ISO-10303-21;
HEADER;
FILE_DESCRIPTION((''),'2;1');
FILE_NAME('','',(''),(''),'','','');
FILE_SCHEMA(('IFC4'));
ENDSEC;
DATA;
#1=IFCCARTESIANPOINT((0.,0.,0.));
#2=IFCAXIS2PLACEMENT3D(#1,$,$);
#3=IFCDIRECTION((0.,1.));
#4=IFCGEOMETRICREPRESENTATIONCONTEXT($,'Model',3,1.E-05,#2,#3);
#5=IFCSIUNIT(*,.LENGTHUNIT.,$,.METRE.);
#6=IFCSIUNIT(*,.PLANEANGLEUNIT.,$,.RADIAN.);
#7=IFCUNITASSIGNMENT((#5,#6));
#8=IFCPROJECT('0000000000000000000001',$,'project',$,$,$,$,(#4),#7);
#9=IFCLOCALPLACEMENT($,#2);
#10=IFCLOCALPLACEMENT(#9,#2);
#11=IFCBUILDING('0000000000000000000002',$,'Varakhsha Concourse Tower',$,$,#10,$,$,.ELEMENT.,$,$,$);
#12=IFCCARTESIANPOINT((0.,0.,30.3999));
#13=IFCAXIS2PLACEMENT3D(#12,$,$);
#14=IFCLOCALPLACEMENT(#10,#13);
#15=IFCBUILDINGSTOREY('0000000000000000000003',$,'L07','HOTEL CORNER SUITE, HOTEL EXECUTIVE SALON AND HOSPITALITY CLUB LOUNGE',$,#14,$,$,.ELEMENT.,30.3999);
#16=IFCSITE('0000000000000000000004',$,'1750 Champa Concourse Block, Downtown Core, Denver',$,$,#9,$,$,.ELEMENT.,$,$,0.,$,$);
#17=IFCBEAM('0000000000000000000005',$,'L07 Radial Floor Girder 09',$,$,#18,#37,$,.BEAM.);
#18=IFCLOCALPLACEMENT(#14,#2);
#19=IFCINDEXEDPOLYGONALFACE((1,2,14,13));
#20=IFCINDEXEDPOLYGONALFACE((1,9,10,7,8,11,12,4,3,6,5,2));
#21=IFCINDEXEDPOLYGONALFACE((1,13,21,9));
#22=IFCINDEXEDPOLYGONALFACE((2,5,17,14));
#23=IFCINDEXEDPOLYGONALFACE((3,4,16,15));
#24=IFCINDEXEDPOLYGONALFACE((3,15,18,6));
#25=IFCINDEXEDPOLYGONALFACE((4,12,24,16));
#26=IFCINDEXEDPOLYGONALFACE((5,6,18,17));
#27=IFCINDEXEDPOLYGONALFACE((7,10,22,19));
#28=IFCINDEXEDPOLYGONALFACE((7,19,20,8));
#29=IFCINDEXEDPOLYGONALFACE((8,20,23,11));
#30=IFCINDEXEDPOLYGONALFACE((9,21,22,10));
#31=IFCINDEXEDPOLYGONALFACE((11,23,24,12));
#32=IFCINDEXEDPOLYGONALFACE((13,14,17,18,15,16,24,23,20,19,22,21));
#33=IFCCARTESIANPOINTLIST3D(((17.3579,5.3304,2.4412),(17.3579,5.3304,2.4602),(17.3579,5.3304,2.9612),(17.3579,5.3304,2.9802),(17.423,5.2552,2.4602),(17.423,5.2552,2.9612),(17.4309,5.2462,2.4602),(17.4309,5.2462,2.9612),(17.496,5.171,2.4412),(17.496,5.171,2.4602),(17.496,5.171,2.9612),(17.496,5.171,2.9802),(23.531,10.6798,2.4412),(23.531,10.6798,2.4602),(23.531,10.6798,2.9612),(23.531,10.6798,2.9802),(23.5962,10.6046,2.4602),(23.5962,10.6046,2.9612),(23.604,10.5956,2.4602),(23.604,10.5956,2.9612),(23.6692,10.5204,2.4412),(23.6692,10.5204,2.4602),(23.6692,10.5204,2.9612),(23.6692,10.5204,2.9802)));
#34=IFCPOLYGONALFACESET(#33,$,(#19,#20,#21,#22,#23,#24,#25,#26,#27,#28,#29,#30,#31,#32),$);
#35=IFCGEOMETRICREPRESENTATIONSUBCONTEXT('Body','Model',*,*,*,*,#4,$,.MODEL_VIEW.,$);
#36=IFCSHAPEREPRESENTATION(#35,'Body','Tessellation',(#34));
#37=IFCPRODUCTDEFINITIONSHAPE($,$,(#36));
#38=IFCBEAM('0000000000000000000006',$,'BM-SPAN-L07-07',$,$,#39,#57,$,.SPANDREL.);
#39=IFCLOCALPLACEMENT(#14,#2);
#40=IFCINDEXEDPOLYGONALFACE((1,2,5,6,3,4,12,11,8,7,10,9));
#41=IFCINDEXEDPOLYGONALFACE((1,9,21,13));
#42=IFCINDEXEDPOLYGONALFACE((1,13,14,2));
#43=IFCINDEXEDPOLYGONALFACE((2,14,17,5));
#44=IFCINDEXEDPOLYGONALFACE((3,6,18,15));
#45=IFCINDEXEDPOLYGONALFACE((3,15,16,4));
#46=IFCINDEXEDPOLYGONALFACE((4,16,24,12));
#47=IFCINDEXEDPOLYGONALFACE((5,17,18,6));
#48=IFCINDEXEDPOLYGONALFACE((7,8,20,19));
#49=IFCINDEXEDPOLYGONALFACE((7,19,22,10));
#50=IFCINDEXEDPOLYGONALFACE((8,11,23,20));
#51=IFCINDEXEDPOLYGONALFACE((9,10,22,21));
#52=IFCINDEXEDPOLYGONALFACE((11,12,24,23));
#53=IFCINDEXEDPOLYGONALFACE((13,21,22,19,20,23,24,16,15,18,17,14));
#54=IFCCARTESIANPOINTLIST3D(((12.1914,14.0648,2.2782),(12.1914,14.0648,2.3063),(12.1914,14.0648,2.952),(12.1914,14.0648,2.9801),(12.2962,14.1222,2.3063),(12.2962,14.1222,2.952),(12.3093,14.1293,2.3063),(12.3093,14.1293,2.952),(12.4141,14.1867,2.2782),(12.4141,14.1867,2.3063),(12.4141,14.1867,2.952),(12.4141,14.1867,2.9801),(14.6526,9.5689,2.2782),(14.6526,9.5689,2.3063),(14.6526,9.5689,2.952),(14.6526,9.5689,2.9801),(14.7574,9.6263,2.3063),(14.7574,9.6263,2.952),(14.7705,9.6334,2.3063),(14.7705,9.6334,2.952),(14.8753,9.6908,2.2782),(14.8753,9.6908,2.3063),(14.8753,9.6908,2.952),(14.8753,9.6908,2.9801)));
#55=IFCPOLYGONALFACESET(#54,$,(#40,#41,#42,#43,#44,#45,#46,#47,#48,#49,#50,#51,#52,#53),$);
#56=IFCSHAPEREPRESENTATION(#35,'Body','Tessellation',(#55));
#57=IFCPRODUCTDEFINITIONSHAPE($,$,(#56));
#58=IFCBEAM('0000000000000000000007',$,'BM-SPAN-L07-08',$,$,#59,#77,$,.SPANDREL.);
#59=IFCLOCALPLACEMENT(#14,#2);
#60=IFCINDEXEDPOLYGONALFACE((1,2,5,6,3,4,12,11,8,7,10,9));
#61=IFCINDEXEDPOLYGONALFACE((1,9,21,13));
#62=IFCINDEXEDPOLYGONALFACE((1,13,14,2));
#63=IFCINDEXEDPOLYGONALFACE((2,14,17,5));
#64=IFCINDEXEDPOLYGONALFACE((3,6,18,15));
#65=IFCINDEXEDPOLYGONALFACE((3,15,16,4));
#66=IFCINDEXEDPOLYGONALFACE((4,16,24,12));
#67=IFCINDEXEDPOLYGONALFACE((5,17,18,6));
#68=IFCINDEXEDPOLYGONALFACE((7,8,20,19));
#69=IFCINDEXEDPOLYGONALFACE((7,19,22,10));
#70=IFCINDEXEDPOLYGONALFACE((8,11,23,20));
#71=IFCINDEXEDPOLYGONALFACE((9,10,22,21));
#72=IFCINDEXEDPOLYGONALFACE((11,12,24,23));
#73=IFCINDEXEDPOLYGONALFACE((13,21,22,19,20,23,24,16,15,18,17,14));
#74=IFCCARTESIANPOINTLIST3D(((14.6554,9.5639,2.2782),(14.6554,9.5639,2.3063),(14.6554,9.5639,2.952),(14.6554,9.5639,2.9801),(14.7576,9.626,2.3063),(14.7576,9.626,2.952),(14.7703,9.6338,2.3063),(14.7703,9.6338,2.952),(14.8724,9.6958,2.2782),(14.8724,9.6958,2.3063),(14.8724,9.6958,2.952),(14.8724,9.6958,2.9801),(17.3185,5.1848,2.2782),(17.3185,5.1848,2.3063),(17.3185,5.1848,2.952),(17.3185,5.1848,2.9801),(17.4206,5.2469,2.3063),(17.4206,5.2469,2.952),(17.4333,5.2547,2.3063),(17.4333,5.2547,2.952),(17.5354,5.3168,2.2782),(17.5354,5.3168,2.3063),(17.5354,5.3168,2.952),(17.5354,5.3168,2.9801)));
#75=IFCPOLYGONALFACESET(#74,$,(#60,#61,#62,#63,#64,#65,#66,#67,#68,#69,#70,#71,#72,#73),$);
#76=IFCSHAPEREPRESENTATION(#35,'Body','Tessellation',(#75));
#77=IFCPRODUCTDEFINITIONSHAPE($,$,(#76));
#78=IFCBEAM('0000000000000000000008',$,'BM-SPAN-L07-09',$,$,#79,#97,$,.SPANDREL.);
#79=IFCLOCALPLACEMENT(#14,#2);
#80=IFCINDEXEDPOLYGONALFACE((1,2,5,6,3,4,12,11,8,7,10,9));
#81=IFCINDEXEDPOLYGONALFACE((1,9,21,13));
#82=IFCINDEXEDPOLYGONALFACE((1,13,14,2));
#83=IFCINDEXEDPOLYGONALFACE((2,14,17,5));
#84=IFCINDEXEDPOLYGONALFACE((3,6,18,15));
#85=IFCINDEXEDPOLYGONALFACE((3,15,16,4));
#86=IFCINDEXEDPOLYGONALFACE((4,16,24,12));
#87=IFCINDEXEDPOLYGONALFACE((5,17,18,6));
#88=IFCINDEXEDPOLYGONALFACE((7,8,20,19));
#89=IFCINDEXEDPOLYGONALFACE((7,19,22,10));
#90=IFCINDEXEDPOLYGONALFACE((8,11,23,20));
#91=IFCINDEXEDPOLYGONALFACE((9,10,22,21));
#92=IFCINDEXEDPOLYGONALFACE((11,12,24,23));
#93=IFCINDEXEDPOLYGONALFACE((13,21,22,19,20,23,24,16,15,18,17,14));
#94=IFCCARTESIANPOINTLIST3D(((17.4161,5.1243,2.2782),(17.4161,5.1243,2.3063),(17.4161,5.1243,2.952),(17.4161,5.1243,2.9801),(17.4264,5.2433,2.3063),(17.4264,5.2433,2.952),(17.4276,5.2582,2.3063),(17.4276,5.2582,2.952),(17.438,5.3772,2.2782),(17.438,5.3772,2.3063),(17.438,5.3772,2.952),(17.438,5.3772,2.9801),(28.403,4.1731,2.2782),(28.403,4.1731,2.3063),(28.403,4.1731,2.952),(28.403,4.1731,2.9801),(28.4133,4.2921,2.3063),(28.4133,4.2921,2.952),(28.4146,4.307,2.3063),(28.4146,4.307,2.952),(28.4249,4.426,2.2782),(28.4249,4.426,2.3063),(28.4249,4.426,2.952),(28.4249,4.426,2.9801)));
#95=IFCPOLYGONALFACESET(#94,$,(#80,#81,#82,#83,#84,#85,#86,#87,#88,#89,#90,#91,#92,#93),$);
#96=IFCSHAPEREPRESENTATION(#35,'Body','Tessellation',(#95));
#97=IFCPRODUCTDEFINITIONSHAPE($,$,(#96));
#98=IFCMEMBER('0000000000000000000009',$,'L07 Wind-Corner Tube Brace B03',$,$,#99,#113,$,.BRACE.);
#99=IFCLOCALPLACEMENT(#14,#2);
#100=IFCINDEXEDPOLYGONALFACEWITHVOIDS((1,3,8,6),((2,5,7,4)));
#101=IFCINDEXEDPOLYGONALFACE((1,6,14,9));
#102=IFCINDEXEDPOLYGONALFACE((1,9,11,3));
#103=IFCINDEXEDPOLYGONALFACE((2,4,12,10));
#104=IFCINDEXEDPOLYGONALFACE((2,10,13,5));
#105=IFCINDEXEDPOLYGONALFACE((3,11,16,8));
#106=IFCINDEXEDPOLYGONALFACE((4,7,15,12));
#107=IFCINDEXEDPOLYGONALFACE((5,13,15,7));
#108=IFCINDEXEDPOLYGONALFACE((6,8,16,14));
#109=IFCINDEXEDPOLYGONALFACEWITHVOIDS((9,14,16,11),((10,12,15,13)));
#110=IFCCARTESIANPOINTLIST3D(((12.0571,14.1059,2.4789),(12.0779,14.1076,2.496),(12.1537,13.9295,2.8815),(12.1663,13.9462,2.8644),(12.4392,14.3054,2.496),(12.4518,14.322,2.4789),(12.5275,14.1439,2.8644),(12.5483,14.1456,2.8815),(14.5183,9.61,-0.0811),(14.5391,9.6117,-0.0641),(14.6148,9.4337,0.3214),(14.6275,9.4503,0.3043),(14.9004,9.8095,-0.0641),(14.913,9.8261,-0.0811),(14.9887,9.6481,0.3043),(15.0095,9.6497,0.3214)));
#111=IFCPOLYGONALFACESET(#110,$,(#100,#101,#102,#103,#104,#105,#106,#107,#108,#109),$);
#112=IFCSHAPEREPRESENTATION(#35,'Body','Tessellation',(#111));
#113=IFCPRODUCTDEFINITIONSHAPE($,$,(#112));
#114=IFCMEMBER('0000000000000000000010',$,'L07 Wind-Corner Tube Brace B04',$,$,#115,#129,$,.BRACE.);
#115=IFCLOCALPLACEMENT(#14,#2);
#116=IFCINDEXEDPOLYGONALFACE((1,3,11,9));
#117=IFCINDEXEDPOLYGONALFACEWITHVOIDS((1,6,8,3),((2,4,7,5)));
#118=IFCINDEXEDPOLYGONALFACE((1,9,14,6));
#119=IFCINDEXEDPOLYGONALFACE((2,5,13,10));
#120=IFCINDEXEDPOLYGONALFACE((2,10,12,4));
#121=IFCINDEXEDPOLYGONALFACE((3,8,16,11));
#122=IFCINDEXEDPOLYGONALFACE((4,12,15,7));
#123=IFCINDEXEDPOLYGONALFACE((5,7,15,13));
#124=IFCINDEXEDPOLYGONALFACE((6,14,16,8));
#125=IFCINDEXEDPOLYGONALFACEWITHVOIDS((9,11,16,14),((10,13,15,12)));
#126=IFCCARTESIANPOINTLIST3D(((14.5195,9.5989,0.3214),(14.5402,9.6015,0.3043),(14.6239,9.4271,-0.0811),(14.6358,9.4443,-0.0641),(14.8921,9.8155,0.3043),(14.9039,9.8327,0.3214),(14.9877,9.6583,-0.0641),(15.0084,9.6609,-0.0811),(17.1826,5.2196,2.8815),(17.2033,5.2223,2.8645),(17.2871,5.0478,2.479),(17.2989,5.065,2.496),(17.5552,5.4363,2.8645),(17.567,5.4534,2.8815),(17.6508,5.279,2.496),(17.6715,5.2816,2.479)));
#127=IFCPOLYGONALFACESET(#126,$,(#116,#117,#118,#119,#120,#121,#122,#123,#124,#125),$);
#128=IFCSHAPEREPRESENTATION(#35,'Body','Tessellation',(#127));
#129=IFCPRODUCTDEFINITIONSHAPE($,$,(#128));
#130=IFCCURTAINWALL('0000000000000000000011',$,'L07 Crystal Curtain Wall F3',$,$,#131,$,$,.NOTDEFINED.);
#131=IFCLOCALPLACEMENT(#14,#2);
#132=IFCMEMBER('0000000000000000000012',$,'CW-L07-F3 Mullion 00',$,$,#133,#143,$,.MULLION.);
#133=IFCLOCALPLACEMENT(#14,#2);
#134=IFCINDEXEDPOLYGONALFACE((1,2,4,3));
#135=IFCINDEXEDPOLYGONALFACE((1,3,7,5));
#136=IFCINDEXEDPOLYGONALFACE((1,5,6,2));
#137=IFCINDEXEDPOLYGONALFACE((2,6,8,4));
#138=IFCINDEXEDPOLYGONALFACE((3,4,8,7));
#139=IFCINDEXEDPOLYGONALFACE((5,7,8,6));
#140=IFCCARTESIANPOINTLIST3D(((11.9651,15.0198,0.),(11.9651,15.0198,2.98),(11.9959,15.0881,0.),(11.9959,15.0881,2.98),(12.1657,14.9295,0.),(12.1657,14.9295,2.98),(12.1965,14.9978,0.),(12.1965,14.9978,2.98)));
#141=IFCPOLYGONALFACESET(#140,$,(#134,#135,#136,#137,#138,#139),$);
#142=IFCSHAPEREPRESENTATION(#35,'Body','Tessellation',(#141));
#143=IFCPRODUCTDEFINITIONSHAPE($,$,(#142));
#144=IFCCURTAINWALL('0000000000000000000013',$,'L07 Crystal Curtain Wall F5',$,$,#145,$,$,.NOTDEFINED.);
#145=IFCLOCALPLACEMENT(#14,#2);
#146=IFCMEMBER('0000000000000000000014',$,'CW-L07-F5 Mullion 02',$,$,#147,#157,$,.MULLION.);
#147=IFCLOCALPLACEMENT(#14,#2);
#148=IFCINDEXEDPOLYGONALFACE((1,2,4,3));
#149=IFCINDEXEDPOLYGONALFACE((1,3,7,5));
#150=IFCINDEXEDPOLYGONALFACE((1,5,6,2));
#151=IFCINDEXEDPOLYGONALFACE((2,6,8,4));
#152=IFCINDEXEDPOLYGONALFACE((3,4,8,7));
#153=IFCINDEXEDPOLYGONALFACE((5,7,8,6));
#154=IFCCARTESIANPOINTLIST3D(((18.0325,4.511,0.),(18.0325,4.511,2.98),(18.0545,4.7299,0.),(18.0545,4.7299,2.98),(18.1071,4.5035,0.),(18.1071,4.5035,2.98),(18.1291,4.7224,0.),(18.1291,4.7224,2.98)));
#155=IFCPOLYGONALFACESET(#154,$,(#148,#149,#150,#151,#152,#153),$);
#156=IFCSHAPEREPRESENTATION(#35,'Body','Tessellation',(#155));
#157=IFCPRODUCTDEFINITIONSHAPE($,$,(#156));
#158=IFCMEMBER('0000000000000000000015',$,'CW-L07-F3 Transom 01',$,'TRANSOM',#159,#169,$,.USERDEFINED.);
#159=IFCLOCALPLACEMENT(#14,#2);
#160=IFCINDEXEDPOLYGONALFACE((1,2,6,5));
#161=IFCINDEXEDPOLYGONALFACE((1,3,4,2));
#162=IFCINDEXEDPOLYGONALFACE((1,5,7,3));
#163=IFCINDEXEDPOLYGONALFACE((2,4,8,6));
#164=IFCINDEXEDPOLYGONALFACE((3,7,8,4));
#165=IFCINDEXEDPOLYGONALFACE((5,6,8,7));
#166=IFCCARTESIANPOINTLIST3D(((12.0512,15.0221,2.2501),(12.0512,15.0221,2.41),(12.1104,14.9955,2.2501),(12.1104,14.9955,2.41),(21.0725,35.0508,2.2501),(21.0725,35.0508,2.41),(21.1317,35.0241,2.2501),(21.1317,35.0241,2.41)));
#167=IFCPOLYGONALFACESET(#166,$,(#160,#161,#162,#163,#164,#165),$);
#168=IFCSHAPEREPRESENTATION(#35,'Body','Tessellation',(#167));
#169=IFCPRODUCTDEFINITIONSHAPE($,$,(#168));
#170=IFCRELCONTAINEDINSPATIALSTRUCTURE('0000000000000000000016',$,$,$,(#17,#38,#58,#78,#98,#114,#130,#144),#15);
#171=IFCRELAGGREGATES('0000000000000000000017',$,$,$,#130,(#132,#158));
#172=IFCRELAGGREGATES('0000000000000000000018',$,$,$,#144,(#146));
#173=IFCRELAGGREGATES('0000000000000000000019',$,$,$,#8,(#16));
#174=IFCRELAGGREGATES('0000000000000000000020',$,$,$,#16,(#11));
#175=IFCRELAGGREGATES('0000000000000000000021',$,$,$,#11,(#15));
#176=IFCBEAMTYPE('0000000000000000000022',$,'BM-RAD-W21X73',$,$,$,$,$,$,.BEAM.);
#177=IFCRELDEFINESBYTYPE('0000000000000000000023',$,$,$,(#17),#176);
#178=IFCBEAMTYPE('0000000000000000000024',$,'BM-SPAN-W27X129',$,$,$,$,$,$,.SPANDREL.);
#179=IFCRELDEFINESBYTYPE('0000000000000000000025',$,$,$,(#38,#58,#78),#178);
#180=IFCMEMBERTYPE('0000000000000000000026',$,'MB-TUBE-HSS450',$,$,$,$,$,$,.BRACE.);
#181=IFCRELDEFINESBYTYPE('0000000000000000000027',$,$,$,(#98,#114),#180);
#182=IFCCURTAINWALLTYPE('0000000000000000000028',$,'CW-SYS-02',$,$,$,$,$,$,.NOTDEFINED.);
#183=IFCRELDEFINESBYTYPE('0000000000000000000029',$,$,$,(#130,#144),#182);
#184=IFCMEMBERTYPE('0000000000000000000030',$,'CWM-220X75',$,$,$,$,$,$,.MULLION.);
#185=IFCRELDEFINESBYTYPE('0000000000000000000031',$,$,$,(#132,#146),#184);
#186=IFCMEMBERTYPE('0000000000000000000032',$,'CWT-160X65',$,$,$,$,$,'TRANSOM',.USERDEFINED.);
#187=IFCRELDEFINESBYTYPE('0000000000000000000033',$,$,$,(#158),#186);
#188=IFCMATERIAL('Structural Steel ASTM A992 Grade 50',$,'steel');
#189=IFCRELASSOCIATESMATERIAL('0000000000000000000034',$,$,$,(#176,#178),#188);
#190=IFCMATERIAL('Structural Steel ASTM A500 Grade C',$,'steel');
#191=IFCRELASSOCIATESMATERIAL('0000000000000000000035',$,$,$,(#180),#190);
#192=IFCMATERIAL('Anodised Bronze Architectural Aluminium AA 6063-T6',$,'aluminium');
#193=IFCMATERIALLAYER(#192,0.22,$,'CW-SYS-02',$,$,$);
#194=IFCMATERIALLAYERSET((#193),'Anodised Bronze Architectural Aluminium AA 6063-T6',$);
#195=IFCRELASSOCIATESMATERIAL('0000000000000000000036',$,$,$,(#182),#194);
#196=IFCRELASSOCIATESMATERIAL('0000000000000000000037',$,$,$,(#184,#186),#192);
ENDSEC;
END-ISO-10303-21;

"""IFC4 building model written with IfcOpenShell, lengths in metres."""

from ifc_helpers import new_model, si_unit, direction, frame, origin, origin_2d, place, context, subcontext, project, spatial, rectangle, hollow_rectangle, i_section, extrude, source, transform, mapped, material, layer, layer_set, material_profile, profile_set, type_object, type_shapes, element, aggregate, save


model = new_model("IFC4")

# Units and contexts
model_context = context("Model", 3, precision=1e-05, world=origin(), true_north=direction((0.0, 1.0)))
body_context = subcontext(model_context, "Body", "Model", "MODEL_VIEW")
ifc_project = project(units=[si_unit("LENGTHUNIT", "METRE"), si_unit("PLANEANGLEUNIT", "RADIAN")], contexts=[model_context])

# Site, building, storey
site_placement = place(None, origin())
site = spatial("IfcSite", under=ifc_project, at=site_placement, Name="1750 Champa Concourse Block, Downtown Core, Denver", CompositionType="ELEMENT", RefElevation=0.0)
building_placement = place(site_placement, origin())
building = spatial("IfcBuilding", under=site, at=building_placement, Name="Varakhsha Concourse Tower", CompositionType="ELEMENT")
storey_placement = place(building_placement, frame((0.0, 0.0, 30.3999)))
storey = spatial("IfcBuildingStorey", under=building, at=storey_placement, Name="L07", Description="HOTEL CORNER SUITE, HOTEL EXECUTIVE SALON AND HOSPITALITY CLUB LOUNGE", CompositionType="ELEMENT", Elevation=30.3999)

# Shared definitions
ifc_material_1 = material(Name="Structural Steel ASTM A992 Grade 50", Category="steel")

# Beams
ifc_material_profile_1 = material_profile(ifc_material_1, i_section(OverallWidth=0.2109, OverallDepth=0.5391, WebThickness=0.012, FlangeThickness=0.019, at=origin_2d()), Name="W21X73")
ifc_profile_set_1 = profile_set([ifc_material_profile_1], Name="Structural Steel ASTM A992 Grade 50")
beam_type_1 = type_object("IfcBeamType", Name="BM-RAD-W21X73", PredefinedType="BEAM", material=ifc_profile_set_1)
beam_1_placement = place(storey_placement, frame((23.6001, 10.6001, 2.7107), z_axis=(-0.755729, -0.654885, 0.0), x_axis=(0.654885, -0.755729, 0.0)))
element("IfcBeam", 1, at=beam_1_placement, inside=storey, type_object=beam_type_1, Name="L07 Radial Floor Girder 09", PredefinedType="BEAM", context=body_context, shape_type="SweptSolid", body=[
    extrude(i_section(OverallWidth=0.2109, OverallDepth=0.5391, WebThickness=0.012, FlangeThickness=0.019, at=origin_2d()), origin(), (0.0, 0.0, 1.0), 8.1685),
])
ifc_material_profile_2 = material_profile(ifc_material_1, i_section(OverallWidth=0.2539, OverallDepth=0.7019, WebThickness=0.0149, FlangeThickness=0.0281, at=origin_2d()), Name="W27X129")
ifc_profile_set_2 = profile_set([ifc_material_profile_2], Name="Structural Steel ASTM A992 Grade 50")
beam_type_2 = type_object("IfcBeamType", Name="BM-SPAN-W27X129", PredefinedType="SPANDREL", material=ifc_profile_set_2)
beam_2_placement = place(storey_placement, frame((12.3027, 14.1257, 2.6292), z_axis=(0.48019, -0.877165, 0.0), x_axis=(0.877165, 0.48019, 0.0)))
element("IfcBeam", 2, at=beam_2_placement, inside=storey, type_object=beam_type_2, Name="BM-SPAN-L07-07", PredefinedType="SPANDREL", context=body_context, shape_type="SweptSolid", body=[
    extrude(i_section(OverallWidth=0.2539, OverallDepth=0.7019, WebThickness=0.0149, FlangeThickness=0.0281, at=origin_2d()), origin(), (0.0, 0.0, 1.0), 5.1255),
])
beam_3_placement = place(storey_placement, frame((14.7639, 9.6299, 2.6292), z_axis=(0.519593, -0.854414, 0.0), x_axis=(0.854414, 0.519593, 0.0)))
element("IfcBeam", 3, at=beam_3_placement, inside=storey, type_object=beam_type_2, Name="BM-SPAN-L07-08", PredefinedType="SPANDREL", context=body_context, shape_type="SweptSolid", body=[
    extrude(i_section(OverallWidth=0.2539, OverallDepth=0.7019, WebThickness=0.0149, FlangeThickness=0.0281, at=origin_2d()), origin(), (0.0, 0.0, 1.0), 5.1252),
])
beam_4_placement = place(storey_placement, frame((17.427, 5.2507, 2.6292), z_axis=(0.996274, -0.086249, 0.0), x_axis=(0.086249, 0.996274, 0.0)))
element("IfcBeam", 4, at=beam_4_placement, inside=storey, type_object=beam_type_2, Name="BM-SPAN-L07-09", PredefinedType="SPANDREL", context=body_context, shape_type="SweptSolid", body=[
    extrude(i_section(OverallWidth=0.2539, OverallDepth=0.7019, WebThickness=0.0149, FlangeThickness=0.0281, at=origin_2d()), origin(), (0.0, 0.0, 1.0), 11.0281),
])

# Members
ifc_material_2 = material(Name="Structural Steel ASTM A500 Grade C", Category="steel")
ifc_material_profile_3 = material_profile(ifc_material_2, hollow_rectangle(XDim=0.45, YDim=0.45, WallThickness=0.019, at=origin_2d()), Name="HSS 450x450x19")
ifc_profile_set_3 = profile_set([ifc_material_profile_3], Name="Structural Steel ASTM A500 Grade C")
member_type_1 = type_object("IfcMemberType", Name="MB-TUBE-HSS450", PredefinedType="BRACE", material=ifc_profile_set_3)
shared_shape_1 = source(origin(), body_context, "Body", "SweptSolid", [
    extrude(hollow_rectangle(XDim=0.45, YDim=0.45, WallThickness=0.019, at=origin_2d()), origin(), (0.0, 0.0, 1.0), 5.7292),
])
type_shapes(member_type_1, [shared_shape_1])
for number, where, z_axis, x_axis, name in (
    (5, (14.7639, 9.6299, 0.1201), (-0.429584, 0.784723, 0.446842), (-0.877165, -0.48019, 0.0), "L07 Wind-Corner Tube Brace B03"),
    (6, (14.7639, 9.6299, 0.1201), (0.464833, -0.764366, 0.44685), (0.854414, 0.519593, 0.0), "L07 Wind-Corner Tube Brace B04"),
):
    element("IfcMember", number, at=place(storey_placement, frame(where, z_axis=z_axis, x_axis=x_axis)), inside=storey, type_object=member_type_1, Name=name, PredefinedType="BRACE", context=body_context, shape_type="MappedRepresentation", body=[
        mapped(shared_shape_1, transform((0.0, 0.0, 0.0), scale=1.0)),
    ])

# Curtain walls, members
ifc_material_3 = material(Name="Anodised Bronze Architectural Aluminium AA 6063-T6", Category="aluminium")
ifc_layer_1 = layer(ifc_material_3, 0.22, Name="CW-SYS-02")
ifc_layer_set_1 = layer_set([ifc_layer_1], Name="Anodised Bronze Architectural Aluminium AA 6063-T6")
curtain_wall_type = type_object("IfcCurtainWallType", Name="CW-SYS-02", PredefinedType="NOTDEFINED", material=ifc_layer_set_1)
curtain_wall_1_placement = place(storey_placement, origin())
curtain_wall_1 = element("IfcCurtainWall", 7, at=curtain_wall_1_placement, inside=storey, type_object=curtain_wall_type, Name="L07 Crystal Curtain Wall F3", PredefinedType="NOTDEFINED")
ifc_material_profile_4 = material_profile(ifc_material_3, rectangle(XDim=0.075, YDim=0.22, at=origin_2d()), Name="CWM-220X75")
ifc_profile_set_4 = profile_set([ifc_material_profile_4], Name="Anodised Bronze Architectural Aluminium AA 6063-T6")
member_type_2 = type_object("IfcMemberType", Name="CWM-220X75", PredefinedType="MULLION", material=ifc_profile_set_4)
shared_shape_2 = source(origin(), body_context, "Body", "SweptSolid", [
    extrude(rectangle(XDim=0.075, YDim=0.22, at=origin_2d()), origin(), (0.0, 0.0, 1.0), 2.98),
])
type_shapes(member_type_2, [shared_shape_2])
member_1_placement = place(storey_placement, frame((12.0808, 15.0088, 0.0), z_axis=(0.0, 0.0, 1.0), x_axis=(0.410684, 0.911778, 0.0)))
member_1 = element("IfcMember", 8, at=member_1_placement, type_object=member_type_2, Name="CW-L07-F3 Mullion 00", PredefinedType="MULLION", context=body_context, shape_type="MappedRepresentation", body=[
    mapped(shared_shape_2, transform((0.0, 0.0, 0.0), scale=1.0)),
])
curtain_wall_2_placement = place(storey_placement, origin())
curtain_wall_2 = element("IfcCurtainWall", 9, at=curtain_wall_2_placement, inside=storey, type_object=curtain_wall_type, Name="L07 Crystal Curtain Wall F5", PredefinedType="NOTDEFINED")
member_2_placement = place(storey_placement, frame((18.0808, 4.6167, 0.0), z_axis=(0.0, 0.0, 1.0), x_axis=(-0.994965, 0.100226, 0.0)))
member_2 = element("IfcMember", 10, at=member_2_placement, type_object=member_type_2, Name="CW-L07-F5 Mullion 02", PredefinedType="MULLION", context=body_context, shape_type="MappedRepresentation", body=[
    mapped(shared_shape_2, transform((0.0, 0.0, 0.0), scale=1.0)),
])

# Member
ifc_material_profile_5 = material_profile(ifc_material_3, rectangle(XDim=0.0649, YDim=0.1599, at=origin_2d()), Name="CWT-160X65")
ifc_profile_set_5 = profile_set([ifc_material_profile_5], Name="Anodised Bronze Architectural Aluminium AA 6063-T6")
member_type_3 = type_object("IfcMemberType", Name="CWT-160X65", ElementType="TRANSOM", PredefinedType="USERDEFINED", material=ifc_profile_set_5)
shared_shape_3 = source(origin(), body_context, "Body", "SweptSolid", [
    extrude(rectangle(XDim=0.0649, YDim=0.1599, at=origin_2d()), origin(), (0.0, 0.0, 1.0), 21.9666),
])
type_shapes(member_type_3, [shared_shape_3])
member_3_placement = place(storey_placement, frame((12.0808, 15.0088, 2.3301), z_axis=(0.410682, 0.911779, 0.0), x_axis=(-0.911779, 0.410682, 0.0)))
member_3 = element("IfcMember", 11, at=member_3_placement, type_object=member_type_3, Name="CW-L07-F3 Transom 01", ObjectType="TRANSOM", PredefinedType="USERDEFINED", context=body_context, shape_type="MappedRepresentation", body=[
    mapped(shared_shape_3, transform((0.0, 0.0, 0.0), scale=1.0)),
])

aggregate(curtain_wall_1, [member_1, member_3])
aggregate(curtain_wall_2, [member_2])

save(model, "model.ifc")
